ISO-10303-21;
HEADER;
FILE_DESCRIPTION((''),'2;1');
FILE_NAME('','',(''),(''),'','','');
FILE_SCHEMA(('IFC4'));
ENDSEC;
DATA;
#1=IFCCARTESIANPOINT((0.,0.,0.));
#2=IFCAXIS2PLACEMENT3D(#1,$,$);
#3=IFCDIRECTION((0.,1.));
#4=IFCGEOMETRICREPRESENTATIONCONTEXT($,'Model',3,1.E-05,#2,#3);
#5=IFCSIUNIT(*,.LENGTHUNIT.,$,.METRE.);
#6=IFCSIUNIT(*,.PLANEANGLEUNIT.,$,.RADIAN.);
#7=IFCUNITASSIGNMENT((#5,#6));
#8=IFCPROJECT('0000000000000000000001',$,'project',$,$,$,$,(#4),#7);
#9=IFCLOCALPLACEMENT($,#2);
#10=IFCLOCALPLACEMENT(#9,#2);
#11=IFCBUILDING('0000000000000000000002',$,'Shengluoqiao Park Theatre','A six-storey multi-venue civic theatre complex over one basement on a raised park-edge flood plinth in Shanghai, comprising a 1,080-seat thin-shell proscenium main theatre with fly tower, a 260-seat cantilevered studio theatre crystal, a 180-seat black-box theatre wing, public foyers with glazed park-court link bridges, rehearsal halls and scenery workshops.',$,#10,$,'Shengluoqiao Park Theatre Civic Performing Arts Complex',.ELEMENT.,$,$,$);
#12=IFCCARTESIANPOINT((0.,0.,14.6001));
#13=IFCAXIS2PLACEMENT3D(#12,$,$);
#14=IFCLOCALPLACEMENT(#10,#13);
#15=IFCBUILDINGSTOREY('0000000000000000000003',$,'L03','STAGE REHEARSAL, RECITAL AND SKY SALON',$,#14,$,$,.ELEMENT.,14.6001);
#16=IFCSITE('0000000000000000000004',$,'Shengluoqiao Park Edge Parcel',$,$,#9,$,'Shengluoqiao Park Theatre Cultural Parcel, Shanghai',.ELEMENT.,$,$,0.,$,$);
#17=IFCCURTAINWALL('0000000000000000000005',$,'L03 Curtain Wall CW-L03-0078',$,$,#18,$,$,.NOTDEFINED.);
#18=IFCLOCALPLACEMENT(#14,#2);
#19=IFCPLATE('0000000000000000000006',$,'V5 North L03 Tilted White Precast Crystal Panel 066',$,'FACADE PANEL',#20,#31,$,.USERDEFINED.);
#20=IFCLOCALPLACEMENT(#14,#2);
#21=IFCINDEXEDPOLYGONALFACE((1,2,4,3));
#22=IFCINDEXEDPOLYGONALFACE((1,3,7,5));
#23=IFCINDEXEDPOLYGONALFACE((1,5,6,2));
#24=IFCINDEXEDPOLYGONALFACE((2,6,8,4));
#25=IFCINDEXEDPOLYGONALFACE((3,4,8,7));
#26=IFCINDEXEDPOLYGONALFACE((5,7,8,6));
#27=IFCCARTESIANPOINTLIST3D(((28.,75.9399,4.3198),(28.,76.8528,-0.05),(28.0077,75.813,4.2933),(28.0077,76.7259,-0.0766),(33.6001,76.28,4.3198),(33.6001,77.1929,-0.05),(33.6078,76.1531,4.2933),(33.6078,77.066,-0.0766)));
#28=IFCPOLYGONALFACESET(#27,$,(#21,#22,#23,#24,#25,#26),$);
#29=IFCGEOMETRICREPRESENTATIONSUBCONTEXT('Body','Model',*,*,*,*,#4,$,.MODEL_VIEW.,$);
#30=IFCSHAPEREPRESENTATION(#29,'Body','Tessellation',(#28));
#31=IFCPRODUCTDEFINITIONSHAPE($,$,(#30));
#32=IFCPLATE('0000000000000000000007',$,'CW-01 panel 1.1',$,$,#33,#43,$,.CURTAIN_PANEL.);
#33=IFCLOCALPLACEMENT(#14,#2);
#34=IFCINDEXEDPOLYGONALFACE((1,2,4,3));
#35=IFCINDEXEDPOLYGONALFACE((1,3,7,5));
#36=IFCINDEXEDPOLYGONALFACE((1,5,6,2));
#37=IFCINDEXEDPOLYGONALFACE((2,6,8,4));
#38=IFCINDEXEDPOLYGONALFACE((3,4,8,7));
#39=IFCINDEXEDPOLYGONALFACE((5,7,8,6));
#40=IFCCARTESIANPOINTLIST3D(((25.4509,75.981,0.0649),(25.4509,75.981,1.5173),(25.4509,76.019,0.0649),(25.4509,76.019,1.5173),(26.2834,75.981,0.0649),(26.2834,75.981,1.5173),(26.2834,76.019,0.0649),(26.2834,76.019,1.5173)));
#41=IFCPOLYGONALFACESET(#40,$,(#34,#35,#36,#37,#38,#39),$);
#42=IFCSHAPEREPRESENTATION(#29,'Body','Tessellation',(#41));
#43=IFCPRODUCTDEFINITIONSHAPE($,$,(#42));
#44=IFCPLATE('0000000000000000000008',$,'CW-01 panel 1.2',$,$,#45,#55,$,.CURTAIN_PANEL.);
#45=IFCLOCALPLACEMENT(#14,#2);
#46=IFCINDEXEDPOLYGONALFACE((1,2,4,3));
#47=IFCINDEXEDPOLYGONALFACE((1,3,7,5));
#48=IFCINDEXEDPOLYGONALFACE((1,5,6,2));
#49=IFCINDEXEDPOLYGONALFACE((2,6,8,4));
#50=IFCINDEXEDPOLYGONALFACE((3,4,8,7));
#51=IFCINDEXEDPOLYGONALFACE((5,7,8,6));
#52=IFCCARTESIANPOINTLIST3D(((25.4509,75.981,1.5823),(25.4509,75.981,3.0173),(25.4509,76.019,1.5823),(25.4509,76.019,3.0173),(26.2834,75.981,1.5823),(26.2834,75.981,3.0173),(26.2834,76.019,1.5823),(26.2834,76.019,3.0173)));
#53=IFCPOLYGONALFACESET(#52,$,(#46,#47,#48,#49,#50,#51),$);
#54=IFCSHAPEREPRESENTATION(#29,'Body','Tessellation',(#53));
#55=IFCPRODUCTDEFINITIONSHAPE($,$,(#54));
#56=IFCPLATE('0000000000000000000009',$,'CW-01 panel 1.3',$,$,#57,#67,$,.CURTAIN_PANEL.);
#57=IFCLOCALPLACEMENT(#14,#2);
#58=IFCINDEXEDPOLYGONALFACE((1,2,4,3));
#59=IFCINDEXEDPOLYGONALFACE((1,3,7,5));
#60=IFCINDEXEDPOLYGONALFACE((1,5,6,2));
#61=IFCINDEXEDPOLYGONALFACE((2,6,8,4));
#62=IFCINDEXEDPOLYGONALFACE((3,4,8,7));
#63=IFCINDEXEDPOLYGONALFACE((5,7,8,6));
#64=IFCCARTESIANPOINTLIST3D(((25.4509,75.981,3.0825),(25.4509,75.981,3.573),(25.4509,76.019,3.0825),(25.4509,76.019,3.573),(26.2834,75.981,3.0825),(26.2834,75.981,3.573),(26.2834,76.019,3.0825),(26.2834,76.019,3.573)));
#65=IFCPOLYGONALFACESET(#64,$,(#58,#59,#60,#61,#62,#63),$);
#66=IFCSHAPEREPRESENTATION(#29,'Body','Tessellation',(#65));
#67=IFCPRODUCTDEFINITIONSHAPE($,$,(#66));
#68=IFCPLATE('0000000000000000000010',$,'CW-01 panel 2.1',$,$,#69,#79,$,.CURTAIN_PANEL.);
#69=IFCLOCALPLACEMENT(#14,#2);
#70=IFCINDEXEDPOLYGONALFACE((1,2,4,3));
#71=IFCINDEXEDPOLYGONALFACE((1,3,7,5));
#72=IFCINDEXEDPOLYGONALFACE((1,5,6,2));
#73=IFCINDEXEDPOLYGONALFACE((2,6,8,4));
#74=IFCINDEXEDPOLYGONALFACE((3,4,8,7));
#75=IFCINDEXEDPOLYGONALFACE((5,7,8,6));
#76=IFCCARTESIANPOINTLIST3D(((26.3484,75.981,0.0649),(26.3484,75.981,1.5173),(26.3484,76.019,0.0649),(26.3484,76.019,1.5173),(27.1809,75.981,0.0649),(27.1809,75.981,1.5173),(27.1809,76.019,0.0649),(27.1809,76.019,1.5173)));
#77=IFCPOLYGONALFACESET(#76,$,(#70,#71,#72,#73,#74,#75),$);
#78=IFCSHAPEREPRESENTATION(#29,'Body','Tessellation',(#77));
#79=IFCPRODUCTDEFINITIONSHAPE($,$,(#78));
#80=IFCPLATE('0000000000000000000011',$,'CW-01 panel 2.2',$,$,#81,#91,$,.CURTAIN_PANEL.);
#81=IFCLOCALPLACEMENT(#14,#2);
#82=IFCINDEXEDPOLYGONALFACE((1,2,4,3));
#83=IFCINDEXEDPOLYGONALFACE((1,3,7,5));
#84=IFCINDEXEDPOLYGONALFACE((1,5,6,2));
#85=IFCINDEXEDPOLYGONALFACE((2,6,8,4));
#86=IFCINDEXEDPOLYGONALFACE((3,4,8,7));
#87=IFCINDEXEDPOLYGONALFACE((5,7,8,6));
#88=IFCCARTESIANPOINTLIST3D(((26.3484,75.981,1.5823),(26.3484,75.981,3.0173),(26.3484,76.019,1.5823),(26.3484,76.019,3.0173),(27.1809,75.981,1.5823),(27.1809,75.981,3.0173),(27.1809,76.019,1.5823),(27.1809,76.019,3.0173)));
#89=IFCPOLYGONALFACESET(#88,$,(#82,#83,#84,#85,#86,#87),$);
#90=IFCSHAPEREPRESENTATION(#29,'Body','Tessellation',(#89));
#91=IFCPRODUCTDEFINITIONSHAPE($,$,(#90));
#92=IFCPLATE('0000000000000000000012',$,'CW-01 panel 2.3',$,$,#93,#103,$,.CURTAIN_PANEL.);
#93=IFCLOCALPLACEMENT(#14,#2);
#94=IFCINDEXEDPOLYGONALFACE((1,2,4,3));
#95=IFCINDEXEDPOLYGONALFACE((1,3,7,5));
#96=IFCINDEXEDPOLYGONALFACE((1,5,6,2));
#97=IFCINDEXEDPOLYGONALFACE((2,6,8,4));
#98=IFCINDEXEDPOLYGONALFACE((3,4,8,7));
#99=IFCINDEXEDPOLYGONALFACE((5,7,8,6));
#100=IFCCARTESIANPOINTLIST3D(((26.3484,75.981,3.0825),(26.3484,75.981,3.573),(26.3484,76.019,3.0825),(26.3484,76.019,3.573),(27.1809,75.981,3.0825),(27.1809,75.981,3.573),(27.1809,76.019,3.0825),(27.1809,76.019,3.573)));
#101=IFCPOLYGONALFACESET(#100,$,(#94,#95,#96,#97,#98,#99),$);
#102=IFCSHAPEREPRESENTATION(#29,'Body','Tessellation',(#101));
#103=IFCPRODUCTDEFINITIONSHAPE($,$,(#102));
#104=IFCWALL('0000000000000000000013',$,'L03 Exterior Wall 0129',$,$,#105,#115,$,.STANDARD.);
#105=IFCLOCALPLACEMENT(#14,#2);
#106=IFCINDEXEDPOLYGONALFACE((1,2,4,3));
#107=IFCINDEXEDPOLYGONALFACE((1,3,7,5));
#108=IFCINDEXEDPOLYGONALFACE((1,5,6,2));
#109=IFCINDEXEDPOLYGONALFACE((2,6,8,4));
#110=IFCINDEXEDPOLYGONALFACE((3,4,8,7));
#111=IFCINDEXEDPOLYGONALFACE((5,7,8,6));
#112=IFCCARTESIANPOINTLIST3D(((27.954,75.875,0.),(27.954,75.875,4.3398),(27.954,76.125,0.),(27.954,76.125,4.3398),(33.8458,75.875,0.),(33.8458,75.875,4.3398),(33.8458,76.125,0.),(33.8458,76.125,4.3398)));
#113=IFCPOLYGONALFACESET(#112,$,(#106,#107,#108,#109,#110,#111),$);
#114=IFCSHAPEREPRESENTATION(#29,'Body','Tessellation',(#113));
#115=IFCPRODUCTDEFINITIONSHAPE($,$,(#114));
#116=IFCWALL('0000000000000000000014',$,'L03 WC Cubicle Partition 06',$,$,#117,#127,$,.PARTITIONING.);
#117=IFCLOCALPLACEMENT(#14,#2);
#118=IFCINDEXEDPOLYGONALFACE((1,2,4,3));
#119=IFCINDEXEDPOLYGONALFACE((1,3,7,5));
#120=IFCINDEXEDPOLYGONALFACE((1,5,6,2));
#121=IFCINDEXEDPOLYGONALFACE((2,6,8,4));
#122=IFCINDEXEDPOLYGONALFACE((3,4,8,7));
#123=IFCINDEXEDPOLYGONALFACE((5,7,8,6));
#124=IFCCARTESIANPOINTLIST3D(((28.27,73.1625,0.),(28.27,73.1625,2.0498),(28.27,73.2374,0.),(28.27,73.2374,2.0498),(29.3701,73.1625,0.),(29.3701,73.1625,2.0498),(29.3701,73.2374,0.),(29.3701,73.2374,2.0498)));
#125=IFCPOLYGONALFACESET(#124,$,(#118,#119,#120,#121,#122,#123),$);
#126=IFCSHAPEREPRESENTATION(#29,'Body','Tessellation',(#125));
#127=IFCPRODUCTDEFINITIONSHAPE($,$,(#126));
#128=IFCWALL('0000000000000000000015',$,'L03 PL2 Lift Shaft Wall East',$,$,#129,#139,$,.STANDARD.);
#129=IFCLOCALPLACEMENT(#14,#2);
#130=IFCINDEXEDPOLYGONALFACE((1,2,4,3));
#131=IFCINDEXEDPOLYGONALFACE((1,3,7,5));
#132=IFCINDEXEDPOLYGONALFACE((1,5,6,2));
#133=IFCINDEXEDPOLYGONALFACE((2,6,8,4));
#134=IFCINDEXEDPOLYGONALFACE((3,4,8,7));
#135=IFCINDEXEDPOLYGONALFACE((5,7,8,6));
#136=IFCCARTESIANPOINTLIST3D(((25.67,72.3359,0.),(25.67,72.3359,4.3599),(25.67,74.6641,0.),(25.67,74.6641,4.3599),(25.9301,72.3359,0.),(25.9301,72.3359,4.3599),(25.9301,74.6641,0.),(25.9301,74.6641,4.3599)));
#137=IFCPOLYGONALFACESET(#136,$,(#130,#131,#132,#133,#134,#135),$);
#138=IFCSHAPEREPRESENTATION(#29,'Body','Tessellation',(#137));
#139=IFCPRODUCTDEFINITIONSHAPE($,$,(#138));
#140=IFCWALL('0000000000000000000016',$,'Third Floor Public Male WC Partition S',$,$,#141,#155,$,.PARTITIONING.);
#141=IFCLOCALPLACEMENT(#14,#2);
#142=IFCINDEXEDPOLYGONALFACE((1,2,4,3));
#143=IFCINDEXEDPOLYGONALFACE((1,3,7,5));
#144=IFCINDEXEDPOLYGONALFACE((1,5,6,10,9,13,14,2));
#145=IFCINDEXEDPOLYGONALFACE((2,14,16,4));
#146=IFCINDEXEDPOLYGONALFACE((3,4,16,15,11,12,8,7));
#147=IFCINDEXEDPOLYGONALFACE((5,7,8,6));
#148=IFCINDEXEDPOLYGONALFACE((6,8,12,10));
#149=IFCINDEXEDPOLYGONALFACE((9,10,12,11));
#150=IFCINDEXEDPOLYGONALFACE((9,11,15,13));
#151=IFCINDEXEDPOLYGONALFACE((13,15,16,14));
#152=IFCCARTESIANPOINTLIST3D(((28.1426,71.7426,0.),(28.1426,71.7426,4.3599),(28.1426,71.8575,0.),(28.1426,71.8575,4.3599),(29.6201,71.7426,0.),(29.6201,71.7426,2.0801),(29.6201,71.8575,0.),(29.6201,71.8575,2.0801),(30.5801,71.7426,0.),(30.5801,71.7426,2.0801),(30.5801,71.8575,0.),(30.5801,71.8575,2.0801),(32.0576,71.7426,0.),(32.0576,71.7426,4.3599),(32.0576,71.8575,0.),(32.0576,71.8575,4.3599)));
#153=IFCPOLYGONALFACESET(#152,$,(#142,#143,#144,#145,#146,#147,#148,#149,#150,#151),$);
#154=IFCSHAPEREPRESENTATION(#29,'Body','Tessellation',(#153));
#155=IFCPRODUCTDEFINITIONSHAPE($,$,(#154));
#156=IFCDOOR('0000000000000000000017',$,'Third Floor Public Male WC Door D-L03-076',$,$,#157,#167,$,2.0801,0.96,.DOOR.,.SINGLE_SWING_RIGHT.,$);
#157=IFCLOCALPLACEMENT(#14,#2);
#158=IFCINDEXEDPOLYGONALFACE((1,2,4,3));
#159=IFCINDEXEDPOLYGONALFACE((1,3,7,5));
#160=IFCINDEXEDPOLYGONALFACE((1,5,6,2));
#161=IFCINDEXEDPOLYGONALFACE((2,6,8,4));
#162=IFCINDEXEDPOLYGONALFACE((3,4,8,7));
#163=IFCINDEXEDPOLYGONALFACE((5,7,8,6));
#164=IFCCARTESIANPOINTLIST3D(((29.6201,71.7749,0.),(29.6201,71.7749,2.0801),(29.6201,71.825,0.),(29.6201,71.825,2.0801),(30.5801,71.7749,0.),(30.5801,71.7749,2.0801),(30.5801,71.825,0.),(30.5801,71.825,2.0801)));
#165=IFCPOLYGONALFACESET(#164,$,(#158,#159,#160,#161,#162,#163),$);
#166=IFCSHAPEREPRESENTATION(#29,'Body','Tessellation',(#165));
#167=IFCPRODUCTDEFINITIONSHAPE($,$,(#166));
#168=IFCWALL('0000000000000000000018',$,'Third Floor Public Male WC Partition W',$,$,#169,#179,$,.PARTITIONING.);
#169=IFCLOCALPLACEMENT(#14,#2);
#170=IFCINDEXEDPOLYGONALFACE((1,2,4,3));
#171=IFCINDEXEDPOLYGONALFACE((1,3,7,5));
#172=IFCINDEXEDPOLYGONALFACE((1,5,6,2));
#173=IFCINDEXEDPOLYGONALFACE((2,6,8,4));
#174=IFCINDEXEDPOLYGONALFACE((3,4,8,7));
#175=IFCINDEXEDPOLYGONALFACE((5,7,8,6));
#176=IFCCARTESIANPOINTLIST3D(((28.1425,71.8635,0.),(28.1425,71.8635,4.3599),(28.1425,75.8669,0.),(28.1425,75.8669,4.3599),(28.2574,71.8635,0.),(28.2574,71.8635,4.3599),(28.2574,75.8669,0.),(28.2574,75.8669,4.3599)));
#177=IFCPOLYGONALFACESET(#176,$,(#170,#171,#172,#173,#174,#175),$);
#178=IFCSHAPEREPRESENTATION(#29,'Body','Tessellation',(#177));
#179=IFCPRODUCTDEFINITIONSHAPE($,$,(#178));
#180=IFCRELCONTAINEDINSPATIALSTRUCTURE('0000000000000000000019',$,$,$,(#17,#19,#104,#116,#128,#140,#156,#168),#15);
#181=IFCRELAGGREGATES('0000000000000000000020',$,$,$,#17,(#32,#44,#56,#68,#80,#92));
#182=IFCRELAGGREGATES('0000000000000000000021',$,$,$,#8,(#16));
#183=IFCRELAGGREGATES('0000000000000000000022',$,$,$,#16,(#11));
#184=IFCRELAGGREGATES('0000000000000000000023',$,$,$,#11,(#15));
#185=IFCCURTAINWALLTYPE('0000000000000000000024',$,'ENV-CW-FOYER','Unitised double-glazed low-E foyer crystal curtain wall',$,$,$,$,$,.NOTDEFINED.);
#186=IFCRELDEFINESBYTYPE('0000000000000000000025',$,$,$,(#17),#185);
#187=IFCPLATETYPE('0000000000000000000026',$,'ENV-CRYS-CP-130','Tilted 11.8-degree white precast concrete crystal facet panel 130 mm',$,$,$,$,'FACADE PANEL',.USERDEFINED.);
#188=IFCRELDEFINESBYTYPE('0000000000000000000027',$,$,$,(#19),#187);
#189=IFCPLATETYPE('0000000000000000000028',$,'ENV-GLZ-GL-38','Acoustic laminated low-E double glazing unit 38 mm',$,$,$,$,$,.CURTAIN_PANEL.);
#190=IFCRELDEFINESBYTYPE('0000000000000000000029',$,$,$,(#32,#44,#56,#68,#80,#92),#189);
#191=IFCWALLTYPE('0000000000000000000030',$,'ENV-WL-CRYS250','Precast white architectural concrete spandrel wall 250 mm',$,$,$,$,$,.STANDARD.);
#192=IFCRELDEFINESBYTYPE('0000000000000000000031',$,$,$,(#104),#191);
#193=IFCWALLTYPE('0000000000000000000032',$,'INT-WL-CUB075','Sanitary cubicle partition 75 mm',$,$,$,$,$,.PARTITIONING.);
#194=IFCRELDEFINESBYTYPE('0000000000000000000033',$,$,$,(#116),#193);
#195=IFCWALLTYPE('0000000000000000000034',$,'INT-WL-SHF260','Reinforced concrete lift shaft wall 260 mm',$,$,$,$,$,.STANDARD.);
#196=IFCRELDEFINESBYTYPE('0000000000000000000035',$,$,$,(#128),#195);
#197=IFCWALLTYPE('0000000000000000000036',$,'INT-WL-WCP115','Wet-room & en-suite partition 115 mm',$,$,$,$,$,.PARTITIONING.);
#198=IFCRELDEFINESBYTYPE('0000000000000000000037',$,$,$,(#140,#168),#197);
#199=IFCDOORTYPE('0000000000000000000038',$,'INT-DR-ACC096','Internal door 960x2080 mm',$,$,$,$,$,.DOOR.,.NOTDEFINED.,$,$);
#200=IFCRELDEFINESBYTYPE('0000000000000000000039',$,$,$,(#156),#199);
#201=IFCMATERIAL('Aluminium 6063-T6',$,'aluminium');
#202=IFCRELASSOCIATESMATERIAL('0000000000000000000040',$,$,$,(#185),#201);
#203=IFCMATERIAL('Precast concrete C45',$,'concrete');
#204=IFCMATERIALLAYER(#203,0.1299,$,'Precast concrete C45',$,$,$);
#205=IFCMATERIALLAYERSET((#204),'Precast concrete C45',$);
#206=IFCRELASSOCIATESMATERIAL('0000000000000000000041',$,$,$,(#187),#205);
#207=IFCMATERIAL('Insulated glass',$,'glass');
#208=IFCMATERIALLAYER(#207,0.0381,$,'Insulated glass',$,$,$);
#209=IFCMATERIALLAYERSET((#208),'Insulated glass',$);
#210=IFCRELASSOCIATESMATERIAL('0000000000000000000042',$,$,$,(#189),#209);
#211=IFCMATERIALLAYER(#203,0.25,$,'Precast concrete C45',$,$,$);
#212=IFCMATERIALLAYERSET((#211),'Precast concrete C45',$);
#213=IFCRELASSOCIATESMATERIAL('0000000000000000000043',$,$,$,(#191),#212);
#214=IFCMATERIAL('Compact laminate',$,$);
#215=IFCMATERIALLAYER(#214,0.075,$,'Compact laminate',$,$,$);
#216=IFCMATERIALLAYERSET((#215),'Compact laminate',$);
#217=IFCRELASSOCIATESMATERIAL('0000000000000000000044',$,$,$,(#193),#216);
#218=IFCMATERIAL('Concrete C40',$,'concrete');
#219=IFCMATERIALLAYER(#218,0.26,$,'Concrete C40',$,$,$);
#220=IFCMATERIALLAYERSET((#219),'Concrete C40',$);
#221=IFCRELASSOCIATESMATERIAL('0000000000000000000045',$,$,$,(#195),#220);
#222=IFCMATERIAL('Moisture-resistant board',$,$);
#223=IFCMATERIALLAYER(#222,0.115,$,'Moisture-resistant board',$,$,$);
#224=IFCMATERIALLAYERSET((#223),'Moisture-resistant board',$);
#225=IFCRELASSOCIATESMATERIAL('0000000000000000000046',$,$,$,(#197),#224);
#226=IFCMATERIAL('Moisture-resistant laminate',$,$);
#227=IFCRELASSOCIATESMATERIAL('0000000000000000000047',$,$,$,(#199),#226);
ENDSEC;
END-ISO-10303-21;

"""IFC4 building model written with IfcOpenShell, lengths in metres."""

from ifc_helpers import new_model, si_unit, direction, frame, frame_2d, origin, origin_2d, place, context, subcontext, project, spatial, polyline, rectangle, outline, extrude, material, layer, layer_set, type_object, element, fill, aggregate, save


model = new_model("IFC4")

# Units and contexts
model_context = context("Model", 3, precision=1e-05, world=origin(), true_north=direction((0.0, 1.0)))
body_context = subcontext(model_context, "Body", "Model", "MODEL_VIEW")
ifc_project = project(units=[si_unit("LENGTHUNIT", "METRE"), si_unit("PLANEANGLEUNIT", "RADIAN")], contexts=[model_context])

# Site, building, storey
site_placement = place(None, origin())
site = spatial("IfcSite", under=ifc_project, at=site_placement, Name="Shengluoqiao Park Edge Parcel", LongName="Shengluoqiao Park Theatre Cultural Parcel, Shanghai", CompositionType="ELEMENT", RefElevation=0.0)
building_placement = place(site_placement, origin())
building = spatial("IfcBuilding", under=site, at=building_placement, Name="Shengluoqiao Park Theatre", Description="A six-storey multi-venue civic theatre complex over one basement on a raised park-edge flood plinth in Shanghai, comprising a 1,080-seat thin-shell proscenium main theatre with fly tower, a 260-seat cantilevered studio theatre crystal, a 180-seat black-box theatre wing, public foyers with glazed park-court link bridges, rehearsal halls and scenery workshops.", LongName="Shengluoqiao Park Theatre Civic Performing Arts Complex", CompositionType="ELEMENT")
storey_placement = place(building_placement, frame((0.0, 0.0, 14.6001)))
storey = spatial("IfcBuildingStorey", under=building, at=storey_placement, Name="L03", Description="STAGE REHEARSAL, RECITAL AND SKY SALON", CompositionType="ELEMENT", Elevation=14.6001)

# Curtain wall
ifc_material_1 = material(Name="Aluminium 6063-T6", Category="aluminium")
curtain_wall_type = type_object("IfcCurtainWallType", Name="ENV-CW-FOYER", Description="Unitised double-glazed low-E foyer crystal curtain wall", PredefinedType="NOTDEFINED", material=ifc_material_1)
curtain_wall_1_placement = place(storey_placement, origin())
curtain_wall_1 = element("IfcCurtainWall", 1, at=curtain_wall_1_placement, inside=storey, type_object=curtain_wall_type, Name="L03 Curtain Wall CW-L03-0078", PredefinedType="NOTDEFINED")

# Plates
ifc_material_2 = material(Name="Precast concrete C45", Category="concrete")
ifc_layer_1 = layer(ifc_material_2, 0.1299, Name="Precast concrete C45")
ifc_layer_set_1 = layer_set([ifc_layer_1], Name="Precast concrete C45")
plate_type_1 = type_object("IfcPlateType", Name="ENV-CRYS-CP-130", Description="Tilted 11.8-degree white precast concrete crystal facet panel 130 mm", ElementType="FACADE PANEL", PredefinedType="USERDEFINED", material=ifc_layer_set_1)
plate_1_placement = place(storey_placement, frame((28.0, 76.8528, -0.05), z_axis=(-0.059341, 0.977146, 0.20412), x_axis=(0.998161, 0.060617, 0.0)))
element("IfcPlate", 2, at=plate_1_placement, inside=storey, type_object=plate_type_1, Name="V5 North L03 Tilted White Precast Crystal Panel 066", ObjectType="FACADE PANEL", PredefinedType="USERDEFINED", context=body_context, shape_type="SweptSolid", body=[
    extrude(outline(polyline([(0.0, 0.0), (5.6104, 0.0), (5.5551, -4.4639), (-0.0553, -4.4639), (0.0, 0.0)])), origin(), (0.0, 0.0, -1.0), 0.1299),
])
ifc_material_3 = material(Name="Insulated glass", Category="glass")
ifc_layer_2 = layer(ifc_material_3, 0.0381, Name="Insulated glass")
ifc_layer_set_2 = layer_set([ifc_layer_2], Name="Insulated glass")
plate_type_2 = type_object("IfcPlateType", Name="ENV-GLZ-GL-38", Description="Acoustic laminated low-E double glazing unit 38 mm", PredefinedType="CURTAIN_PANEL", material=ifc_layer_set_2)
plate_2_placement = place(storey_placement, frame((25.8672, 76.0, 0.0649), z_axis=(0.0, 0.0, 1.0), x_axis=(1.0, 0.0, 0.0)))
plate_2 = element("IfcPlate", 3, at=plate_2_placement, type_object=plate_type_2, Name="CW-01 panel 1.1", PredefinedType="CURTAIN_PANEL", context=body_context, shape_type="SweptSolid", body=[
    extrude(rectangle(XDim=0.8325, YDim=0.0381, at=origin_2d()), origin(), (0.0, 0.0, 1.0), 1.4524),
])
plate_3_placement = place(storey_placement, frame((25.8672, 76.0, 1.5823), z_axis=(0.0, 0.0, 1.0), x_axis=(1.0, 0.0, 0.0)))
plate_3 = element("IfcPlate", 4, at=plate_3_placement, type_object=plate_type_2, Name="CW-01 panel 1.2", PredefinedType="CURTAIN_PANEL", context=body_context, shape_type="SweptSolid", body=[
    extrude(rectangle(XDim=0.8325, YDim=0.0381, at=origin_2d()), origin(), (0.0, 0.0, 1.0), 1.4351),
])
plate_4_placement = place(storey_placement, frame((25.8672, 76.0, 3.0825), z_axis=(0.0, 0.0, 1.0), x_axis=(1.0, 0.0, 0.0)))
plate_4 = element("IfcPlate", 5, at=plate_4_placement, type_object=plate_type_2, Name="CW-01 panel 1.3", PredefinedType="CURTAIN_PANEL", context=body_context, shape_type="SweptSolid", body=[
    extrude(rectangle(XDim=0.8325, YDim=0.0381, at=origin_2d()), origin(), (0.0, 0.0, 1.0), 0.4905),
])
plate_5_placement = place(storey_placement, frame((26.7646, 76.0, 0.0649), z_axis=(0.0, 0.0, 1.0), x_axis=(1.0, 0.0, 0.0)))
plate_5 = element("IfcPlate", 6, at=plate_5_placement, type_object=plate_type_2, Name="CW-01 panel 2.1", PredefinedType="CURTAIN_PANEL", context=body_context, shape_type="SweptSolid", body=[
    extrude(rectangle(XDim=0.8325, YDim=0.0381, at=origin_2d()), origin(), (0.0, 0.0, 1.0), 1.4524),
])
plate_6_placement = place(storey_placement, frame((26.7646, 76.0, 1.5823), z_axis=(0.0, 0.0, 1.0), x_axis=(1.0, 0.0, 0.0)))
plate_6 = element("IfcPlate", 7, at=plate_6_placement, type_object=plate_type_2, Name="CW-01 panel 2.2", PredefinedType="CURTAIN_PANEL", context=body_context, shape_type="SweptSolid", body=[
    extrude(rectangle(XDim=0.8325, YDim=0.0381, at=origin_2d()), origin(), (0.0, 0.0, 1.0), 1.4351),
])
plate_7_placement = place(storey_placement, frame((26.7646, 76.0, 3.0825), z_axis=(0.0, 0.0, 1.0), x_axis=(1.0, 0.0, 0.0)))
plate_7 = element("IfcPlate", 8, at=plate_7_placement, type_object=plate_type_2, Name="CW-01 panel 2.3", PredefinedType="CURTAIN_PANEL", context=body_context, shape_type="SweptSolid", body=[
    extrude(rectangle(XDim=0.8325, YDim=0.0381, at=origin_2d()), origin(), (0.0, 0.0, 1.0), 0.4905),
])
aggregate(curtain_wall_1, [plate_2, plate_3, plate_4, plate_5, plate_6, plate_7])

# Walls
ifc_layer_3 = layer(ifc_material_2, 0.25, Name="Precast concrete C45")
ifc_layer_set_3 = layer_set([ifc_layer_3], Name="Precast concrete C45")
wall_type_1 = type_object("IfcWallType", Name="ENV-WL-CRYS250", Description="Precast white architectural concrete spandrel wall 250 mm", PredefinedType="STANDARD", material=ifc_layer_set_3)
wall_1_placement = place(storey_placement, frame((27.9541, 76.0, 0.0), z_axis=(0.0, 0.0, 1.0), x_axis=(1.0, 0.0, 0.0)))
element("IfcWall", 9, at=wall_1_placement, inside=storey, type_object=wall_type_1, Name="L03 Exterior Wall 0129", PredefinedType="STANDARD", context=body_context, shape_type="SweptSolid", body=[
    extrude(rectangle(XDim=5.8918, YDim=0.25, at=frame_2d((2.9458, 0.0))), origin(), (0.0, 0.0, 1.0), 4.3398),
])
ifc_material_4 = material(Name="Compact laminate")
ifc_layer_4 = layer(ifc_material_4, 0.075, Name="Compact laminate")
ifc_layer_set_4 = layer_set([ifc_layer_4], Name="Compact laminate")
wall_type_2 = type_object("IfcWallType", Name="INT-WL-CUB075", Description="Sanitary cubicle partition 75 mm", PredefinedType="PARTITIONING", material=ifc_layer_set_4)
wall_2_placement = place(storey_placement, frame((28.27, 73.2, 0.0), z_axis=(0.0, 0.0, 1.0), x_axis=(1.0, 0.0, 0.0)))
element("IfcWall", 10, at=wall_2_placement, inside=storey, type_object=wall_type_2, Name="L03 WC Cubicle Partition 06", PredefinedType="PARTITIONING", context=body_context, shape_type="SweptSolid", body=[
    extrude(rectangle(XDim=1.1001, YDim=0.075, at=frame_2d((0.55, 0.0))), origin(), (0.0, 0.0, 1.0), 2.0498),
])
ifc_material_5 = material(Name="Concrete C40", Category="concrete")
ifc_layer_5 = layer(ifc_material_5, 0.26, Name="Concrete C40")
ifc_layer_set_5 = layer_set([ifc_layer_5], Name="Concrete C40")
wall_type_3 = type_object("IfcWallType", Name="INT-WL-SHF260", Description="Reinforced concrete lift shaft wall 260 mm", PredefinedType="STANDARD", material=ifc_layer_set_5)
wall_3_placement = place(storey_placement, frame((25.8, 72.3359, 0.0), z_axis=(0.0, 0.0, 1.0), x_axis=(0.0, 1.0, 0.0)))
element("IfcWall", 11, at=wall_3_placement, inside=storey, type_object=wall_type_3, Name="L03 PL2 Lift Shaft Wall East", PredefinedType="STANDARD", context=body_context, shape_type="SweptSolid", body=[
    extrude(rectangle(XDim=2.3281, YDim=0.26, at=frame_2d((1.1641, 0.0))), origin(), (0.0, 0.0, 1.0), 4.3599),
])

# Wall, opening, door
ifc_material_6 = material(Name="Moisture-resistant board")
ifc_layer_6 = layer(ifc_material_6, 0.115, Name="Moisture-resistant board")
ifc_layer_set_6 = layer_set([ifc_layer_6], Name="Moisture-resistant board")
wall_type_4 = type_object("IfcWallType", Name="INT-WL-WCP115", Description="Wet-room & en-suite partition 115 mm", PredefinedType="PARTITIONING", material=ifc_layer_set_6)
wall_4_placement = place(storey_placement, frame((28.1426, 71.8, 0.0), z_axis=(0.0, 0.0, 1.0), x_axis=(1.0, 0.0, 0.0)))
wall_4 = element("IfcWall", 12, at=wall_4_placement, inside=storey, type_object=wall_type_4, Name="Third Floor Public Male WC Partition S", PredefinedType="PARTITIONING", context=body_context, shape_type="SweptSolid", body=[
    extrude(rectangle(XDim=3.915, YDim=0.115, at=frame_2d((1.9575, 0.0))), origin(), (0.0, 0.0, 1.0), 4.3599),
])
opening_1_placement = place(wall_4_placement, frame((1.4775, 0.0, 0.0)))
opening_1 = element("IfcOpeningElement", 13, at=opening_1_placement, cuts=wall_4, PredefinedType="OPENING", context=body_context, shape_type="SweptSolid", body=[
    extrude(rectangle(XDim=0.96, YDim=2.0801, at=frame_2d((0.48, 1.04))), frame((0.0, 0.0674, 0.0), z_axis=(0.0, -1.0, 0.0), x_axis=(1.0, 0.0, 0.0)), (0.0, 0.0, 1.0), 0.135),
])
ifc_material_7 = material(Name="Moisture-resistant laminate")
door_type = type_object("IfcDoorType", Name="INT-DR-ACC096", Description="Internal door 960x2080 mm", OperationType="NOTDEFINED", PredefinedType="DOOR", material=ifc_material_7)
door_1_placement = place(opening_1_placement, origin())
door_1 = element("IfcDoor", 14, at=door_1_placement, inside=storey, type_object=door_type, Name="Third Floor Public Male WC Door D-L03-076", OperationType="SINGLE_SWING_RIGHT", OverallHeight=2.0801, OverallWidth=0.96, PredefinedType="DOOR", context=body_context, shape_type="SweptSolid", body=[
    extrude(rectangle(XDim=0.96, YDim=2.0801, at=frame_2d((0.48, 1.04))), frame((0.0, 0.0249, 0.0), z_axis=(0.0, -1.0, 0.0), x_axis=(1.0, 0.0, 0.0)), (0.0, 0.0, 1.0), 0.05),
])
fill(opening_1, door_1)

# Wall
for number, where, z_axis, x_axis, name in (
    (15, (28.2, 71.8635, 0.0), (0.0, 0.0, 1.0), (0.0, 1.0, 0.0), "Third Floor Public Male WC Partition W"),
):
    element("IfcWall", number, at=place(storey_placement, frame(where, z_axis=z_axis, x_axis=x_axis)), inside=storey, type_object=wall_type_4, Name=name, PredefinedType="PARTITIONING", context=body_context, shape_type="SweptSolid", body=[
        extrude(rectangle(XDim=4.0034, YDim=0.115, at=frame_2d((2.0017, 0.0))), origin(), (0.0, 0.0, 1.0), 4.3599),
    ])

save(model, "model.ifc")
